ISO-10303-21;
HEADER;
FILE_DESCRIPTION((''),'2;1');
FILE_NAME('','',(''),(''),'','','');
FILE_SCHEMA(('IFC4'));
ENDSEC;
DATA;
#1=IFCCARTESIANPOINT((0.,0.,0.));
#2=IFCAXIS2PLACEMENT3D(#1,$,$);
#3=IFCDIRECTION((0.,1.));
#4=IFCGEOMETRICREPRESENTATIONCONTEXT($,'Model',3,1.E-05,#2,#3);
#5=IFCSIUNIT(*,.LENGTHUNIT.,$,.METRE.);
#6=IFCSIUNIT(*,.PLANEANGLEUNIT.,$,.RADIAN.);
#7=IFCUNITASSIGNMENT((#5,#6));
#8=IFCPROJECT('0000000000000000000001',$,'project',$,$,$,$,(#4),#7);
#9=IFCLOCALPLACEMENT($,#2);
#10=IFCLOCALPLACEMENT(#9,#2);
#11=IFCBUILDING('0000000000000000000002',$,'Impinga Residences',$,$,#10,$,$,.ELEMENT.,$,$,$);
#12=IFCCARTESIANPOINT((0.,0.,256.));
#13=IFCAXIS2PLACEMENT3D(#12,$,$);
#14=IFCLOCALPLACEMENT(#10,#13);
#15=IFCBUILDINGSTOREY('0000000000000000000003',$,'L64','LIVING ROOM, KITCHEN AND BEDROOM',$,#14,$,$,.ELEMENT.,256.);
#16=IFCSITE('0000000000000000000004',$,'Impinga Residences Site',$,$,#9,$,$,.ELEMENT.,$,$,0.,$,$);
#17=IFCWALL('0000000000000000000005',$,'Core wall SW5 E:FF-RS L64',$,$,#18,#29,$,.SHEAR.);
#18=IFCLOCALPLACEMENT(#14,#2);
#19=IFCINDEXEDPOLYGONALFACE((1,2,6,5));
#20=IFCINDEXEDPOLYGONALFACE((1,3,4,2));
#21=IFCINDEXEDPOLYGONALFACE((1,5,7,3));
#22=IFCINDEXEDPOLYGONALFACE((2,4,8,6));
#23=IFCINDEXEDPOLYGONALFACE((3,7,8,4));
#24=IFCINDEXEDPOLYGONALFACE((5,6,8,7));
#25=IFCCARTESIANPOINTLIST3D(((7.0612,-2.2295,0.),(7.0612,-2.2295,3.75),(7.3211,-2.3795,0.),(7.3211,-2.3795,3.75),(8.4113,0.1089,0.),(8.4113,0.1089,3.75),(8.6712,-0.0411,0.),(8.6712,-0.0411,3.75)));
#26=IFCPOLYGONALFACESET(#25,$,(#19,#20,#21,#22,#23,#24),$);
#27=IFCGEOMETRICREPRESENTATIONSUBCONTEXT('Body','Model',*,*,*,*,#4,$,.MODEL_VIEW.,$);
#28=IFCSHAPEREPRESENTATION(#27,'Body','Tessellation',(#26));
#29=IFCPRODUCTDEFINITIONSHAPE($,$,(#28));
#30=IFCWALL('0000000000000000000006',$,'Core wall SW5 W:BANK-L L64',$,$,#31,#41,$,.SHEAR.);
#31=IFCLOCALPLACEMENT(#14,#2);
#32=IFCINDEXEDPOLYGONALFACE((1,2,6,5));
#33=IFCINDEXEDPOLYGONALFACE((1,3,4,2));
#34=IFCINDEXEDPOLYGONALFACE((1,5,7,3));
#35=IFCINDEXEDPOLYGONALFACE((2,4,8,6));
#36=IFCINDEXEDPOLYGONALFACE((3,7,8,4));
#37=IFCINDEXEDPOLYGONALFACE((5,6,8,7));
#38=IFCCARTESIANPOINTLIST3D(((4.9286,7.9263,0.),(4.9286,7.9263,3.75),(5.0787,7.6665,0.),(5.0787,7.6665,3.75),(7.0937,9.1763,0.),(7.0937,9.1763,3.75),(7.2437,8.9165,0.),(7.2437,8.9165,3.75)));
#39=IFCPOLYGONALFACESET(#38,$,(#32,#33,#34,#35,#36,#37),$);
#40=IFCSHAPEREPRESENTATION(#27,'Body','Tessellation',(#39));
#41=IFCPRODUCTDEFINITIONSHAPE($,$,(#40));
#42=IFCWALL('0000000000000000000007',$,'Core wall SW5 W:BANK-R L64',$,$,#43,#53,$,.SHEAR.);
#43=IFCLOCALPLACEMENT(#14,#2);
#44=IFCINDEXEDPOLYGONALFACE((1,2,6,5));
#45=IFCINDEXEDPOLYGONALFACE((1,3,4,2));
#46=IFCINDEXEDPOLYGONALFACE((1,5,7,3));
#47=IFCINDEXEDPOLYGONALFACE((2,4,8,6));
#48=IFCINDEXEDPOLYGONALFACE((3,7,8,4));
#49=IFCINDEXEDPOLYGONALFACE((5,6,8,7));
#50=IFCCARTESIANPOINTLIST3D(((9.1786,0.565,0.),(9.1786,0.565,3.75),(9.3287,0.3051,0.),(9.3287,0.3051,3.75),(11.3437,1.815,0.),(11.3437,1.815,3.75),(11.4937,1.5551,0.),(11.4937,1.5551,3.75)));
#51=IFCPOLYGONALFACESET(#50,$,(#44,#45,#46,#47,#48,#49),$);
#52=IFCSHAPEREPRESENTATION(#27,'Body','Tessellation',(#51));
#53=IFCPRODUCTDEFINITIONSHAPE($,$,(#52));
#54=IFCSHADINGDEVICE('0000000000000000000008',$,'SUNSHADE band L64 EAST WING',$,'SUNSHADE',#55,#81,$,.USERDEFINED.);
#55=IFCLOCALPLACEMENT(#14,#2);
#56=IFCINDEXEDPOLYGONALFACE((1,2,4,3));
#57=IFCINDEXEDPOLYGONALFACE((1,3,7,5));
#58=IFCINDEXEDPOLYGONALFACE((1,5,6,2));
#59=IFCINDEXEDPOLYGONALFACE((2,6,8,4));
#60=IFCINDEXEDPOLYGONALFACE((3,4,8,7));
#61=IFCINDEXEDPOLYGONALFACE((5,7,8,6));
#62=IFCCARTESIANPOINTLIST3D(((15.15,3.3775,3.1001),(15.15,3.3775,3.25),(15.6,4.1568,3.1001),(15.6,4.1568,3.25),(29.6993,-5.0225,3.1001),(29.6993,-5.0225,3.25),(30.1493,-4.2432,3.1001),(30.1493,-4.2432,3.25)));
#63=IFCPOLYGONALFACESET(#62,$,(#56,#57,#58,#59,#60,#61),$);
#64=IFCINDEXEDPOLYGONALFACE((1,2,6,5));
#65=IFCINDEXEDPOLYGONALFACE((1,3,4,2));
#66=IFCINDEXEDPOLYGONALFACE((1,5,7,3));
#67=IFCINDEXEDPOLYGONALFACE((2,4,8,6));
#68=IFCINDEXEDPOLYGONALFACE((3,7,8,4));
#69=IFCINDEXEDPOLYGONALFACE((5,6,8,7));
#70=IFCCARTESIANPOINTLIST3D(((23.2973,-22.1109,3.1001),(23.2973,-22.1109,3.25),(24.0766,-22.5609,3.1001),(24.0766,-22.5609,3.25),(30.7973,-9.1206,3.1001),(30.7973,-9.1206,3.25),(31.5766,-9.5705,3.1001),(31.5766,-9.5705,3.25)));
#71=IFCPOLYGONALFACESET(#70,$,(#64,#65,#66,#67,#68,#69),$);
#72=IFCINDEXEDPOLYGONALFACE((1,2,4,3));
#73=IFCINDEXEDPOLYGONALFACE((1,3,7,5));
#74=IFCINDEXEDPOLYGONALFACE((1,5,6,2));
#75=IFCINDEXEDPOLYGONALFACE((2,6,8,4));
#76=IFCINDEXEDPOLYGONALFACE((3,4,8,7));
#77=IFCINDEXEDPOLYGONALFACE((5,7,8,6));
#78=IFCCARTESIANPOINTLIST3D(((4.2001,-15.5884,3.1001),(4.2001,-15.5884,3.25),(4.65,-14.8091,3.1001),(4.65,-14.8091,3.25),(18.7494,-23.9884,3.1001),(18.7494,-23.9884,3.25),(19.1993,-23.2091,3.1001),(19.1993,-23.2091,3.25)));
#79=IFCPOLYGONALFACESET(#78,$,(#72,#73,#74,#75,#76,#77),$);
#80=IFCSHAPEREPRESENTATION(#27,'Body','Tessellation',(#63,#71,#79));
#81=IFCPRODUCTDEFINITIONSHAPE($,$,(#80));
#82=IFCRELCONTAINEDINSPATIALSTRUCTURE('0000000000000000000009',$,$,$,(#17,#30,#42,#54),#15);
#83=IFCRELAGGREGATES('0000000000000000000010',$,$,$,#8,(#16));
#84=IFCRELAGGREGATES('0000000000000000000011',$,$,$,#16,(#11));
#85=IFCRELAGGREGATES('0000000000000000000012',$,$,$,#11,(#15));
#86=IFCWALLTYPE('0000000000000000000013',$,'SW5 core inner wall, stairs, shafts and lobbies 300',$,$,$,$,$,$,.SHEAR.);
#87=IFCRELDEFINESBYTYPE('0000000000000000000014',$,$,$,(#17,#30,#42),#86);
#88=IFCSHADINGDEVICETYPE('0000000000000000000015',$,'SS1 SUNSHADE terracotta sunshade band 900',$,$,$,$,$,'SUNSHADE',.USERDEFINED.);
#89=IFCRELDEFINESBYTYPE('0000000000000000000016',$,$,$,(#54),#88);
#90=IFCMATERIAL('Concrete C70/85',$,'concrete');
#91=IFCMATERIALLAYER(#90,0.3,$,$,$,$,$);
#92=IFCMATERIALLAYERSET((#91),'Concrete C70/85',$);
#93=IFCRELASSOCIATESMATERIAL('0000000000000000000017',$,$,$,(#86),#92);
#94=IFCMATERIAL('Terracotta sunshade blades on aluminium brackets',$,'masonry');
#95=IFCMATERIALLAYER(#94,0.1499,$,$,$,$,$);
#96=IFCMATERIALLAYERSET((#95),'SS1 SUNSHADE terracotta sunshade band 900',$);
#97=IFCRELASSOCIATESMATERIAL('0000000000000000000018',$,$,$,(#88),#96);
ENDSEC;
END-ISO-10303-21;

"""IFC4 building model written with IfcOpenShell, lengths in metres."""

from ifc_helpers import new_model, si_unit, direction, frame, frame_2d, origin, origin_2d, place, context, subcontext, project, spatial, rectangle, extrude, material, layer, layer_set, type_object, element, save


model = new_model("IFC4")

# Units and contexts
model_context = context("Model", 3, precision=1e-05, world=origin(), true_north=direction((0.0, 1.0)))
body_context = subcontext(model_context, "Body", "Model", "MODEL_VIEW")
ifc_project = project(units=[si_unit("LENGTHUNIT", "METRE"), si_unit("PLANEANGLEUNIT", "RADIAN")], contexts=[model_context])

# Site, building, storey
site_placement = place(None, origin())
site = spatial("IfcSite", under=ifc_project, at=site_placement, Name="Impinga Residences Site", CompositionType="ELEMENT", RefElevation=0.0)
building_placement = place(site_placement, origin())
building = spatial("IfcBuilding", under=site, at=building_placement, Name="Impinga Residences", CompositionType="ELEMENT")
storey_placement = place(building_placement, frame((0.0, 0.0, 256.0)))
storey = spatial("IfcBuildingStorey", under=building, at=storey_placement, Name="L64", Description="LIVING ROOM, KITCHEN AND BEDROOM", CompositionType="ELEMENT", Elevation=256.0)

# Shared definitions
ifc_material_1 = material(Name="Concrete C70/85", Category="concrete")
ifc_layer_1 = layer(ifc_material_1, 0.3)
ifc_layer_set_1 = layer_set([ifc_layer_1], Name="Concrete C70/85")
wall_type_1 = type_object("IfcWallType", Name="SW5 core inner wall, stairs, shafts and lobbies 300", PredefinedType="SHEAR", material=ifc_layer_set_1)

# Walls
wall_1_placement = place(storey_placement, frame((8.5413, 0.0339, 0.0), z_axis=(0.0, 0.0, 1.0), x_axis=(-0.500009, -0.86602, 0.0)))
element("IfcWall", 1, at=wall_1_placement, inside=storey, type_object=wall_type_1, Name="Core wall SW5 E:FF-RS L64", PredefinedType="SHEAR", context=body_context, shape_type="SweptSolid", body=[
    extrude(rectangle(XDim=2.7002, YDim=0.3, at=frame_2d((1.3501, 0.0))), origin(), (0.0, 0.0, 1.0), 3.75),
])
for number, where, z_axis, x_axis, name in (
    (2, (5.0037, 7.7964, 0.0), (0.0, 0.0, 1.0), (0.866023, 0.500004, 0.0), "Core wall SW5 W:BANK-L L64"),
    (3, (9.2537, 0.4351, 0.0), (0.0, 0.0, 1.0), (0.866023, 0.500004, 0.0), "Core wall SW5 W:BANK-R L64"),
):
    element("IfcWall", number, at=place(storey_placement, frame(where, z_axis=z_axis, x_axis=x_axis)), inside=storey, type_object=wall_type_1, Name=name, PredefinedType="SHEAR", context=body_context, shape_type="SweptSolid", body=[
        extrude(rectangle(XDim=2.5, YDim=0.3, at=frame_2d((1.25, 0.0))), origin(), (0.0, 0.0, 1.0), 3.75),
    ])

# Shading device
ifc_material_2 = material(Name="Terracotta sunshade blades on aluminium brackets", Category="masonry")
ifc_layer_2 = layer(ifc_material_2, 0.1499)
ifc_layer_set_2 = layer_set([ifc_layer_2], Name="SS1 SUNSHADE terracotta sunshade band 900")
shading_device_type = type_object("IfcShadingDeviceType", Name="SS1 SUNSHADE terracotta sunshade band 900", ElementType="SUNSHADE", PredefinedType="USERDEFINED", material=ifc_layer_set_2)
shading_device_placement = place(storey_placement, frame((22.6497, -0.4329, 3.1001), z_axis=(0.0, 0.0, 1.0), x_axis=(0.866025, -0.5, 0.0)))
element("IfcShadingDevice", 4, at=shading_device_placement, inside=storey, type_object=shading_device_type, Name="SUNSHADE band L64 EAST WING", ObjectType="SUNSHADE", PredefinedType="USERDEFINED", context=body_context, shape_type="SweptSolid", body=[
    extrude(rectangle(XDim=16.8, YDim=0.8999, at=origin_2d()), origin(), (0.0, 0.0, 1.0), 0.1499),
    extrude(rectangle(XDim=15.0, YDim=0.8999, at=origin_2d()), frame((11.8499, -10.95, 0.0), z_axis=(0.0, 0.0, 1.0), x_axis=(0.0, -1.0, 0.0)), (0.0, 0.0, 1.0), 0.1499),
    extrude(rectangle(XDim=16.8, YDim=0.8999, at=origin_2d()), frame((0.0, -21.8999, 0.0), z_axis=(0.0, 0.0, 1.0), x_axis=(-1.0, 0.0, 0.0)), (0.0, 0.0, 1.0), 0.1499),
])

save(model, "model.ifc")
